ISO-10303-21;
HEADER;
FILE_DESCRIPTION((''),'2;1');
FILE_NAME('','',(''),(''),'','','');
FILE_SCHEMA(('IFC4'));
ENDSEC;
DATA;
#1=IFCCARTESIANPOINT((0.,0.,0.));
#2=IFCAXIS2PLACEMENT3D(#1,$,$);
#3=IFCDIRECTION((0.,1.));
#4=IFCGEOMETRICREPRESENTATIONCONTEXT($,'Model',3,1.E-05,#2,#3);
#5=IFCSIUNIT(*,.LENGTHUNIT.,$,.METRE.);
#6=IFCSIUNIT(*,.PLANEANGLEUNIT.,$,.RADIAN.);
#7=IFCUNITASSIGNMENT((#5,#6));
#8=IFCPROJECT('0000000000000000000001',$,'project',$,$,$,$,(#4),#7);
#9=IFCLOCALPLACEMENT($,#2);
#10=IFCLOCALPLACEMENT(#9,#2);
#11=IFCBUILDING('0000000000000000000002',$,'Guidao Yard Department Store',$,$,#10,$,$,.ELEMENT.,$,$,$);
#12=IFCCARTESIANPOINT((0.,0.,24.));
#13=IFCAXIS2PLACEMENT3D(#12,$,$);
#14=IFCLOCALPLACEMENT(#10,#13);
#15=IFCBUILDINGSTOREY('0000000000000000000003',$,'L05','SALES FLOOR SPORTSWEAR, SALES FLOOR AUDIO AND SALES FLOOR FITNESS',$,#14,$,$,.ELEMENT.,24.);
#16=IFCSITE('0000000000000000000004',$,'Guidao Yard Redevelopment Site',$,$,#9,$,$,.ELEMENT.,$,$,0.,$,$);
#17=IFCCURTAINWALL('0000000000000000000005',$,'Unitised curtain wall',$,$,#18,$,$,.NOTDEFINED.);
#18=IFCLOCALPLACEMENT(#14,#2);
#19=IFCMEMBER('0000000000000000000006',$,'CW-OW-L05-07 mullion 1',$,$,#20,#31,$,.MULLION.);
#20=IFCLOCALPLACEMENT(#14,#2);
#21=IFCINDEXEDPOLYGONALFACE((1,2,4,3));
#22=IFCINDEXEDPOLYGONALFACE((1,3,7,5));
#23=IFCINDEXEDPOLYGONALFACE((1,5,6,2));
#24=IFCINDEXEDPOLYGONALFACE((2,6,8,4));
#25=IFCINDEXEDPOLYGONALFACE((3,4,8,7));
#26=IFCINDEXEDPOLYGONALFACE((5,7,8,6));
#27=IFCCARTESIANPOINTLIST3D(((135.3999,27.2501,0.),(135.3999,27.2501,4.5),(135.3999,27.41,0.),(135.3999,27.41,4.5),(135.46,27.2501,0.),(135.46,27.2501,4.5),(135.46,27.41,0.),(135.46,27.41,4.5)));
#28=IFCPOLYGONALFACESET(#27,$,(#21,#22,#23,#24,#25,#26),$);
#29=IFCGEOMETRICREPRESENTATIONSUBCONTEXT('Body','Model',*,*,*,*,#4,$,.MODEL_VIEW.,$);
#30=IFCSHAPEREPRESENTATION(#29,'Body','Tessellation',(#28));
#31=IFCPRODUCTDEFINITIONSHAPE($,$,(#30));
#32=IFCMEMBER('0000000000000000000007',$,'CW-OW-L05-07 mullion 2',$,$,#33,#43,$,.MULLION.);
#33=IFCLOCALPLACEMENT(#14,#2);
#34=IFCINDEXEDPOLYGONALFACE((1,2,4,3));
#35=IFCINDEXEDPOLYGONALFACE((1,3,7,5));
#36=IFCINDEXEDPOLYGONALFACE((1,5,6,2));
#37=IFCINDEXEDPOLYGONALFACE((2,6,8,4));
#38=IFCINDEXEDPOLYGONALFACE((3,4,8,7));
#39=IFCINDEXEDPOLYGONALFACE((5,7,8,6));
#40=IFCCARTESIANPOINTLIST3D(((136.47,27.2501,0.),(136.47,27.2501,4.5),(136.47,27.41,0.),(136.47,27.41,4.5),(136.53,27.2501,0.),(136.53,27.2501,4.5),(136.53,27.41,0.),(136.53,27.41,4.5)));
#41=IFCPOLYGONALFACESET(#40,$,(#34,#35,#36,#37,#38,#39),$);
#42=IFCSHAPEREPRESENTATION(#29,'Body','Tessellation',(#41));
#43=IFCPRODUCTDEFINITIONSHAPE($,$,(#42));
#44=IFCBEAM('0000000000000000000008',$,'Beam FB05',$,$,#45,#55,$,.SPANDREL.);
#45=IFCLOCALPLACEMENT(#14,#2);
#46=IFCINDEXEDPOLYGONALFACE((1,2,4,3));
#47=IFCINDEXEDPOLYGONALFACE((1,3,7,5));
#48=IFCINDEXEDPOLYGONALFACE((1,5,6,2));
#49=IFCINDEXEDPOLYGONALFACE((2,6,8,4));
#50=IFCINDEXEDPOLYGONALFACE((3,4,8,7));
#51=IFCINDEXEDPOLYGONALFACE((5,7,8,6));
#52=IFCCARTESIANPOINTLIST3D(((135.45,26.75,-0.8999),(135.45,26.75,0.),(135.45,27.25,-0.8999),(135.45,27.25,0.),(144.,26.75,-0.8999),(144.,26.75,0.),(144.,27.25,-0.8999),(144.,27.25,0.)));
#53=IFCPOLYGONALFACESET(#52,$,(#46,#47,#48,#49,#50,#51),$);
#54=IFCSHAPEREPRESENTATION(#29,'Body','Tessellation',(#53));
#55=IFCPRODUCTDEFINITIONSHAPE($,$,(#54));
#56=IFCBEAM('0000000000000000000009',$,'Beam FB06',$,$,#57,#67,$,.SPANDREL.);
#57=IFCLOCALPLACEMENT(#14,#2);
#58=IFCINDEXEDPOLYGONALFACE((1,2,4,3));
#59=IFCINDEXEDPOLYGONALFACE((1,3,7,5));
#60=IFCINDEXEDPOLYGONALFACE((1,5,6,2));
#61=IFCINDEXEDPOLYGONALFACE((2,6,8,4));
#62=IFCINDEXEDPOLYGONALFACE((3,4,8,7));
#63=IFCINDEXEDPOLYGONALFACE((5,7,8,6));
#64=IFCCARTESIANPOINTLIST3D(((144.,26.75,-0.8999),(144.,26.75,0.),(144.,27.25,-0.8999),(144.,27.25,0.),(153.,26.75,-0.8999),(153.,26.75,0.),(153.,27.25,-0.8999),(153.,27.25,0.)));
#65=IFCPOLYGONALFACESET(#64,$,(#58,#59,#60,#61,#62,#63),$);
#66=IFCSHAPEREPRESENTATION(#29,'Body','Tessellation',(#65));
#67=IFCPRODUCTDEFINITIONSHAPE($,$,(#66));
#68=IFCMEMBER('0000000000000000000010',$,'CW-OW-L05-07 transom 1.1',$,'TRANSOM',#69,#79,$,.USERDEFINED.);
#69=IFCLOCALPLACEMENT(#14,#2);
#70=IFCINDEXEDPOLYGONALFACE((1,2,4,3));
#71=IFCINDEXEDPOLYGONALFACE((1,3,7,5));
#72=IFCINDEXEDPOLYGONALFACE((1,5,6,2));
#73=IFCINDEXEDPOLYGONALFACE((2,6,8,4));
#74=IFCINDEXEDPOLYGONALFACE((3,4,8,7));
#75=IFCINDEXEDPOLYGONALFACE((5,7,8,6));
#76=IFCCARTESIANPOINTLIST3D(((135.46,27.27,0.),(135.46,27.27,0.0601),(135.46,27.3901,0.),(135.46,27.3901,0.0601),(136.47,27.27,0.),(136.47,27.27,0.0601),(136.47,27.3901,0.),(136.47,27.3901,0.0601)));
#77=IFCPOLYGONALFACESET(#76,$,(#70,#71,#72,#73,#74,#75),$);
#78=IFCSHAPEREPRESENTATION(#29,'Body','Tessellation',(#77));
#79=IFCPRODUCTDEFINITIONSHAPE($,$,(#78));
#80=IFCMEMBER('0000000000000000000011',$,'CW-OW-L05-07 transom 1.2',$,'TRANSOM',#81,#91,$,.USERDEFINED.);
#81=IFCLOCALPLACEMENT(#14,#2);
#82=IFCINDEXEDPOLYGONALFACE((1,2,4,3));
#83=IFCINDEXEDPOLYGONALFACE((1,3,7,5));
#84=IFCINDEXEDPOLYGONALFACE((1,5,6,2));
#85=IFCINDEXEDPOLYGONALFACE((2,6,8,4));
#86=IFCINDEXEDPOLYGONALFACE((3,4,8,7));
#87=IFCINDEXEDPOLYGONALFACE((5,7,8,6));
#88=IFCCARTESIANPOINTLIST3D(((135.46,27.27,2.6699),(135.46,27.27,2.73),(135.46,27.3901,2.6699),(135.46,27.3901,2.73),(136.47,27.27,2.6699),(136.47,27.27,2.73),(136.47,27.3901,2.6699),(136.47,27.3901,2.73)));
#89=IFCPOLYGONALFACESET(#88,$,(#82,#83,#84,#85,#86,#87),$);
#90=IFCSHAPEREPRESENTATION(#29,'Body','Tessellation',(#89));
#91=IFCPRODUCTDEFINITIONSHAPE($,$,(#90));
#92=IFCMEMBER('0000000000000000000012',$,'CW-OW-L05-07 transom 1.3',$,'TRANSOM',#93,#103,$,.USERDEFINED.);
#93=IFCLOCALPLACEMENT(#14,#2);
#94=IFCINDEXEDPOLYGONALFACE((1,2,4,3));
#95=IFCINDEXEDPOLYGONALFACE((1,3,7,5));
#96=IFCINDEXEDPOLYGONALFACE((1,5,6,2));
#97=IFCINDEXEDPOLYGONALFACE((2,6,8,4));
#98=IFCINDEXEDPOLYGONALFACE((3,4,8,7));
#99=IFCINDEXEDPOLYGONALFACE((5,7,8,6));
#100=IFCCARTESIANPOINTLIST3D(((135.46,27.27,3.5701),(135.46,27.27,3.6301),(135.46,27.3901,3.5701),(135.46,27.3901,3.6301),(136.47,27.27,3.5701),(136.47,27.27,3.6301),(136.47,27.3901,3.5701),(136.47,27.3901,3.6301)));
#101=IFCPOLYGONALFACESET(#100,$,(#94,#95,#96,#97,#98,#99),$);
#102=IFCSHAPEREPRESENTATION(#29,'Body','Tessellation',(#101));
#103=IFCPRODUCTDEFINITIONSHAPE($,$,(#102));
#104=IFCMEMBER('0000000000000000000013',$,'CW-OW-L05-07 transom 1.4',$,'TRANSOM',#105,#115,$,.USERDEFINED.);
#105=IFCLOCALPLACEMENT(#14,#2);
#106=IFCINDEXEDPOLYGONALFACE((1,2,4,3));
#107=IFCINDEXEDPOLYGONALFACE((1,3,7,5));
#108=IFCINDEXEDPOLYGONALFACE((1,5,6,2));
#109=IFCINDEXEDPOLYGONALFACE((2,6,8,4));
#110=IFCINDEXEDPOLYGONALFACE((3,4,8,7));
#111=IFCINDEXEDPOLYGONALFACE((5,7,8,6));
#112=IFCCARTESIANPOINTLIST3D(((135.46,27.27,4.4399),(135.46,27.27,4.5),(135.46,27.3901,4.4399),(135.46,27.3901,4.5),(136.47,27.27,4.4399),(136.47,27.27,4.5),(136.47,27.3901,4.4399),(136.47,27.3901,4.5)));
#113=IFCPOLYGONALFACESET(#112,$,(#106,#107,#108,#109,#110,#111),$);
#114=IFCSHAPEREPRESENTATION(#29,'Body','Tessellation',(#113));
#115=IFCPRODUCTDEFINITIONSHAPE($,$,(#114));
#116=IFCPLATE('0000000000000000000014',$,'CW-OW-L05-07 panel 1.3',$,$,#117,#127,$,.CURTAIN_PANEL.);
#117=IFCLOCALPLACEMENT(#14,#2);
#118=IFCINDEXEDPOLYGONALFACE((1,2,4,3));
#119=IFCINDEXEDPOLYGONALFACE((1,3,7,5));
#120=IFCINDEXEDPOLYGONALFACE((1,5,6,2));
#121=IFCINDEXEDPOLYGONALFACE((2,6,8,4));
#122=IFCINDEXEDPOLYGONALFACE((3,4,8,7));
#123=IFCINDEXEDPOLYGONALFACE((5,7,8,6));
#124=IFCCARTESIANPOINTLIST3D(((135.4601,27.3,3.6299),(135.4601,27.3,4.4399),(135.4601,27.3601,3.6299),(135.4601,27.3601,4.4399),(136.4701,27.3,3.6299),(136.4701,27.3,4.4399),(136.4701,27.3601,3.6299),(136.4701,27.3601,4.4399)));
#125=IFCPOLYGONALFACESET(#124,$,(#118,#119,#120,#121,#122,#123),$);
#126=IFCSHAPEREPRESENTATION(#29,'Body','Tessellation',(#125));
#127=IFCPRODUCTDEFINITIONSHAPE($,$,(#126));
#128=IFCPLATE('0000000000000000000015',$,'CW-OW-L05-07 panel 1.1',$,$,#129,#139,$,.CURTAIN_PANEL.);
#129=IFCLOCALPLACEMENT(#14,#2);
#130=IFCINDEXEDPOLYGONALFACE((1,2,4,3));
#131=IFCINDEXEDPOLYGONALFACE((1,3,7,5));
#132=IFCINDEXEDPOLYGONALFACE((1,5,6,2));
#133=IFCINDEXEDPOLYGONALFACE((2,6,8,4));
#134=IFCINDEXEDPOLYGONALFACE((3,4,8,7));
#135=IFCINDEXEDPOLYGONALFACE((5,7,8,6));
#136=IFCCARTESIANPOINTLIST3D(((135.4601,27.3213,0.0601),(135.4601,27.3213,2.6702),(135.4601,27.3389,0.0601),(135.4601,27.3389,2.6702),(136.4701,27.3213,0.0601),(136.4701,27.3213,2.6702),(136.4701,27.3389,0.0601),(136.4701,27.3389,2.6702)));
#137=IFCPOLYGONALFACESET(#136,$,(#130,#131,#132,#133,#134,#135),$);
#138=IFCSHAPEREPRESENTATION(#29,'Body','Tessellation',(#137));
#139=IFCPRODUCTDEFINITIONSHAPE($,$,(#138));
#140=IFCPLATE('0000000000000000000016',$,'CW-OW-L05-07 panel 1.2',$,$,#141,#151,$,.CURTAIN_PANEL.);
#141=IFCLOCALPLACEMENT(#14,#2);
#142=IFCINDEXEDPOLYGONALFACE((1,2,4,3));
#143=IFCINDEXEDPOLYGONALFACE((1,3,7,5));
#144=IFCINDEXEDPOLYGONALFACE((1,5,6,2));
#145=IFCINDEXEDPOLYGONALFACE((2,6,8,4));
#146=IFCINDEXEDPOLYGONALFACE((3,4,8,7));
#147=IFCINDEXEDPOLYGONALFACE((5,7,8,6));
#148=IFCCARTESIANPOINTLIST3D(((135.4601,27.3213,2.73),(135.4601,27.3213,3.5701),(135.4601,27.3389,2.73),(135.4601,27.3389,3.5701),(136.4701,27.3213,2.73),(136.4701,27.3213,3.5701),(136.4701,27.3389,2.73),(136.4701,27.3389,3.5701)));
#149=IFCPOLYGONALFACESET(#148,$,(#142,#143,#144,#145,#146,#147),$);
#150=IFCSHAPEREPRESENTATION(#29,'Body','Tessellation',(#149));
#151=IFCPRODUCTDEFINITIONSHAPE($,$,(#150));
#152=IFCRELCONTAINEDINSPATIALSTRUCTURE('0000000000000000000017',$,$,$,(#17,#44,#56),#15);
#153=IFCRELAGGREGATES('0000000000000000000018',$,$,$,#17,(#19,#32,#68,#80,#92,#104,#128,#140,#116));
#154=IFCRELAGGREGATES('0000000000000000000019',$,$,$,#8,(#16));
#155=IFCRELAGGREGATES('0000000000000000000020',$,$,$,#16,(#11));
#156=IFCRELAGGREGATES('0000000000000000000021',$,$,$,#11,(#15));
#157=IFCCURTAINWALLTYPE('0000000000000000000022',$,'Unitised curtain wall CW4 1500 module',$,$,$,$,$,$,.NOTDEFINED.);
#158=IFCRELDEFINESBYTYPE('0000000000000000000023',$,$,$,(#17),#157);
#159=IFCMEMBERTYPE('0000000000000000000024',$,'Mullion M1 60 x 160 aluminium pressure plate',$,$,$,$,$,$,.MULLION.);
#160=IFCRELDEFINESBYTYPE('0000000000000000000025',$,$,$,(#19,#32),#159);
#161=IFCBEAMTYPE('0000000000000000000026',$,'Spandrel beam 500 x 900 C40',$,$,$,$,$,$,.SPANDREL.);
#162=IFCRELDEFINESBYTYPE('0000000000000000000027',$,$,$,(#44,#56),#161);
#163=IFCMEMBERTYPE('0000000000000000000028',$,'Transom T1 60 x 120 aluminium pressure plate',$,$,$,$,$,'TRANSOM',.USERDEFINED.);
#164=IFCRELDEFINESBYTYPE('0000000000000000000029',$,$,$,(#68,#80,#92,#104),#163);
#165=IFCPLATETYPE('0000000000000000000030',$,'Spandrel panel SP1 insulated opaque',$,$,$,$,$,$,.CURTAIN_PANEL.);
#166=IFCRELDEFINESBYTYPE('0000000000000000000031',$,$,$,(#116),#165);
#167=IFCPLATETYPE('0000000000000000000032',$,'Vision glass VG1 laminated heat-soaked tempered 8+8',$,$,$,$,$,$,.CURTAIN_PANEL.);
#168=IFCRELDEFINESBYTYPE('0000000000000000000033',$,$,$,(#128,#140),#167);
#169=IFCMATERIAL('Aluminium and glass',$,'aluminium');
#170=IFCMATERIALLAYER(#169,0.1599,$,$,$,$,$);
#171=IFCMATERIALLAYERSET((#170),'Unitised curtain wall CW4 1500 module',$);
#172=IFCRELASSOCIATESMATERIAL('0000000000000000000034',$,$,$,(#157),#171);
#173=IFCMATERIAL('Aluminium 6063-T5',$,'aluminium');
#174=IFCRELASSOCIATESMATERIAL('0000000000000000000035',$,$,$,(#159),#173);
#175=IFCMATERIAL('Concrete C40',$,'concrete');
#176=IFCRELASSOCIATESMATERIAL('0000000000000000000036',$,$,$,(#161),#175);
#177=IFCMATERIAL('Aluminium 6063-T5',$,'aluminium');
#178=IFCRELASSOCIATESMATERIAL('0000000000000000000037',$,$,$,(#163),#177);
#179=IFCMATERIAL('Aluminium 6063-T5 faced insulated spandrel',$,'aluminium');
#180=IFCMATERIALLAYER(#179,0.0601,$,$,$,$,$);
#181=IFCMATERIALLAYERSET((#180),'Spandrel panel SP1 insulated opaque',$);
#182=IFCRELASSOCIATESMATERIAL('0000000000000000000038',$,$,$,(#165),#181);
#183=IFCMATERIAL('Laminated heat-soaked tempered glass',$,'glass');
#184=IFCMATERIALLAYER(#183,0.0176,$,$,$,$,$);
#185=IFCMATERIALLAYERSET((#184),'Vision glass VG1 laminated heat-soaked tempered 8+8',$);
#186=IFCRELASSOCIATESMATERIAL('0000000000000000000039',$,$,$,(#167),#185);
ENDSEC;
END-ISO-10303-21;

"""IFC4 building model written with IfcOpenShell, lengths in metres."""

from ifc_helpers import new_model, si_unit, direction, frame, origin, origin_2d, place, context, subcontext, project, spatial, rectangle, extrude, material, layer, layer_set, material_profile, profile_set, type_object, element, aggregate, save


model = new_model("IFC4")

# Units and contexts
model_context = context("Model", 3, precision=1e-05, world=origin(), true_north=direction((0.0, 1.0)))
body_context = subcontext(model_context, "Body", "Model", "MODEL_VIEW")
ifc_project = project(units=[si_unit("LENGTHUNIT", "METRE"), si_unit("PLANEANGLEUNIT", "RADIAN")], contexts=[model_context])

# Site, building, storey
site_placement = place(None, origin())
site = spatial("IfcSite", under=ifc_project, at=site_placement, Name="Guidao Yard Redevelopment Site", CompositionType="ELEMENT", RefElevation=0.0)
building_placement = place(site_placement, origin())
building = spatial("IfcBuilding", under=site, at=building_placement, Name="Guidao Yard Department Store", CompositionType="ELEMENT")
storey_placement = place(building_placement, frame((0.0, 0.0, 24.0)))
storey = spatial("IfcBuildingStorey", under=building, at=storey_placement, Name="L05", Description="SALES FLOOR SPORTSWEAR, SALES FLOOR AUDIO AND SALES FLOOR FITNESS", CompositionType="ELEMENT", Elevation=24.0)

# Curtain wall, members
ifc_material_1 = material(Name="Aluminium and glass", Category="aluminium")
ifc_layer_1 = layer(ifc_material_1, 0.1599)
ifc_layer_set_1 = layer_set([ifc_layer_1], Name="Unitised curtain wall CW4 1500 module")
curtain_wall_type = type_object("IfcCurtainWallType", Name="Unitised curtain wall CW4 1500 module", PredefinedType="NOTDEFINED", material=ifc_layer_set_1)
curtain_wall_placement = place(storey_placement, origin())
curtain_wall = element("IfcCurtainWall", 1, at=curtain_wall_placement, inside=storey, type_object=curtain_wall_type, Name="Unitised curtain wall", PredefinedType="NOTDEFINED")
ifc_material_2 = material(Name="Aluminium 6063-T5", Category="aluminium")
ifc_material_profile_1 = material_profile(ifc_material_2, rectangle(XDim=0.0601, YDim=0.1599, at=origin_2d()), Name="Mullion M1 60 x 160 aluminium pressure plate")
ifc_profile_set_1 = profile_set([ifc_material_profile_1], Name="Aluminium 6063-T5")
member_type_1 = type_object("IfcMemberType", Name="Mullion M1 60 x 160 aluminium pressure plate", PredefinedType="MULLION", material=ifc_profile_set_1)
member_1_placement = place(storey_placement, frame((135.4299, 27.3301, 0.0), z_axis=(0.0, 0.0, 1.0), x_axis=(1.0, 0.0, 0.0)))
member_1 = element("IfcMember", 2, at=member_1_placement, type_object=member_type_1, Name="CW-OW-L05-07 mullion 1", PredefinedType="MULLION", context=body_context, shape_type="SweptSolid", body=[
    extrude(rectangle(XDim=0.0601, YDim=0.1599, at=origin_2d()), origin(), (0.0, 0.0, 1.0), 4.5),
])
member_2_placement = place(storey_placement, frame((136.5, 27.3301, 0.0), z_axis=(0.0, 0.0, 1.0), x_axis=(1.0, 0.0, 0.0)))
member_2 = element("IfcMember", 3, at=member_2_placement, type_object=member_type_1, Name="CW-OW-L05-07 mullion 2", PredefinedType="MULLION", context=body_context, shape_type="SweptSolid", body=[
    extrude(rectangle(XDim=0.0601, YDim=0.1599, at=origin_2d()), origin(), (0.0, 0.0, 1.0), 4.5),
])

# Beams
ifc_material_3 = material(Name="Concrete C40", Category="concrete")
ifc_material_profile_2 = material_profile(ifc_material_3, rectangle(XDim=0.5, YDim=0.8999, at=origin_2d()), Name="Spandrel beam 500 x 900 C40")
ifc_profile_set_2 = profile_set([ifc_material_profile_2], Name="Concrete C40")
beam_type = type_object("IfcBeamType", Name="Spandrel beam 500 x 900 C40", PredefinedType="SPANDREL", material=ifc_profile_set_2)
beam_1_placement = place(storey_placement, frame((135.45, 27.0, -0.45), z_axis=(1.0, 0.0, 0.0), x_axis=(0.0, 1.0, 0.0)))
element("IfcBeam", 4, at=beam_1_placement, inside=storey, type_object=beam_type, Name="Beam FB05", PredefinedType="SPANDREL", context=body_context, shape_type="SweptSolid", body=[
    extrude(rectangle(XDim=0.5, YDim=0.8999, at=origin_2d()), origin(), (0.0, 0.0, 1.0), 8.55),
])
beam_2_placement = place(storey_placement, frame((144.0, 27.0, -0.45), z_axis=(1.0, 0.0, 0.0), x_axis=(0.0, 1.0, 0.0)))
element("IfcBeam", 5, at=beam_2_placement, inside=storey, type_object=beam_type, Name="Beam FB06", PredefinedType="SPANDREL", context=body_context, shape_type="SweptSolid", body=[
    extrude(rectangle(XDim=0.5, YDim=0.8999, at=origin_2d()), origin(), (0.0, 0.0, 1.0), 9.0),
])

# Members
ifc_material_4 = material(Name="Aluminium 6063-T5", Category="aluminium")
ifc_material_profile_3 = material_profile(ifc_material_4, rectangle(XDim=0.1201, YDim=0.0601, at=origin_2d()), Name="Transom T1 60 x 120 aluminium pressure plate")
ifc_profile_set_3 = profile_set([ifc_material_profile_3], Name="Aluminium 6063-T5")
member_type_2 = type_object("IfcMemberType", Name="Transom T1 60 x 120 aluminium pressure plate", ElementType="TRANSOM", PredefinedType="USERDEFINED", material=ifc_profile_set_3)
member_3_placement = place(storey_placement, frame((135.46, 27.3301, 0.03), z_axis=(1.0, 0.0, 0.0), x_axis=(0.0, 1.0, 0.0)))
member_3 = element("IfcMember", 6, at=member_3_placement, type_object=member_type_2, Name="CW-OW-L05-07 transom 1.1", ObjectType="TRANSOM", PredefinedType="USERDEFINED", context=body_context, shape_type="SweptSolid", body=[
    extrude(rectangle(XDim=0.1201, YDim=0.0601, at=origin_2d()), origin(), (0.0, 0.0, 1.0), 1.01),
])
member_4_placement = place(storey_placement, frame((135.46, 27.3301, 2.7), z_axis=(1.0, 0.0, 0.0), x_axis=(0.0, 1.0, 0.0)))
member_4 = element("IfcMember", 7, at=member_4_placement, type_object=member_type_2, Name="CW-OW-L05-07 transom 1.2", ObjectType="TRANSOM", PredefinedType="USERDEFINED", context=body_context, shape_type="SweptSolid", body=[
    extrude(rectangle(XDim=0.1201, YDim=0.0601, at=origin_2d()), origin(), (0.0, 0.0, 1.0), 1.01),
])
member_5_placement = place(storey_placement, frame((135.46, 27.3301, 3.6001), z_axis=(1.0, 0.0, 0.0), x_axis=(0.0, 1.0, 0.0)))
member_5 = element("IfcMember", 8, at=member_5_placement, type_object=member_type_2, Name="CW-OW-L05-07 transom 1.3", ObjectType="TRANSOM", PredefinedType="USERDEFINED", context=body_context, shape_type="SweptSolid", body=[
    extrude(rectangle(XDim=0.1201, YDim=0.0601, at=origin_2d()), origin(), (0.0, 0.0, 1.0), 1.01),
])
member_6_placement = place(storey_placement, frame((135.46, 27.3301, 4.47), z_axis=(1.0, 0.0, 0.0), x_axis=(0.0, 1.0, 0.0)))
member_6 = element("IfcMember", 9, at=member_6_placement, type_object=member_type_2, Name="CW-OW-L05-07 transom 1.4", ObjectType="TRANSOM", PredefinedType="USERDEFINED", context=body_context, shape_type="SweptSolid", body=[
    extrude(rectangle(XDim=0.1201, YDim=0.0601, at=origin_2d()), origin(), (0.0, 0.0, 1.0), 1.01),
])

# Plates
ifc_material_5 = material(Name="Aluminium 6063-T5 faced insulated spandrel", Category="aluminium")
ifc_layer_2 = layer(ifc_material_5, 0.0601)
ifc_layer_set_2 = layer_set([ifc_layer_2], Name="Spandrel panel SP1 insulated opaque")
plate_type_1 = type_object("IfcPlateType", Name="Spandrel panel SP1 insulated opaque", PredefinedType="CURTAIN_PANEL", material=ifc_layer_set_2)
plate_1_placement = place(storey_placement, frame((135.9651, 27.3301, 3.6299), z_axis=(0.0, 0.0, 1.0), x_axis=(1.0, 0.0, 0.0)))
plate_1 = element("IfcPlate", 10, at=plate_1_placement, type_object=plate_type_1, Name="CW-OW-L05-07 panel 1.3", PredefinedType="CURTAIN_PANEL", context=body_context, shape_type="SweptSolid", body=[
    extrude(rectangle(XDim=1.01, YDim=0.0601, at=origin_2d()), origin(), (0.0, 0.0, 1.0), 0.8101),
])
ifc_material_6 = material(Name="Laminated heat-soaked tempered glass", Category="glass")
ifc_layer_3 = layer(ifc_material_6, 0.0176)
ifc_layer_set_3 = layer_set([ifc_layer_3], Name="Vision glass VG1 laminated heat-soaked tempered 8+8")
plate_type_2 = type_object("IfcPlateType", Name="Vision glass VG1 laminated heat-soaked tempered 8+8", PredefinedType="CURTAIN_PANEL", material=ifc_layer_set_3)
plate_2_placement = place(storey_placement, frame((135.9651, 27.3301, 0.0601), z_axis=(0.0, 0.0, 1.0), x_axis=(1.0, 0.0, 0.0)))
plate_2 = element("IfcPlate", 11, at=plate_2_placement, type_object=plate_type_2, Name="CW-OW-L05-07 panel 1.1", PredefinedType="CURTAIN_PANEL", context=body_context, shape_type="SweptSolid", body=[
    extrude(rectangle(XDim=1.01, YDim=0.0176, at=origin_2d()), origin(), (0.0, 0.0, 1.0), 2.6101),
])
plate_3_placement = place(storey_placement, frame((135.9651, 27.3301, 2.73), z_axis=(0.0, 0.0, 1.0), x_axis=(1.0, 0.0, 0.0)))
plate_3 = element("IfcPlate", 12, at=plate_3_placement, type_object=plate_type_2, Name="CW-OW-L05-07 panel 1.2", PredefinedType="CURTAIN_PANEL", context=body_context, shape_type="SweptSolid", body=[
    extrude(rectangle(XDim=1.01, YDim=0.0176, at=origin_2d()), origin(), (0.0, 0.0, 1.0), 0.8401),
])
aggregate(curtain_wall, [member_1, member_2, member_3, member_4, member_5, member_6, plate_2, plate_3, plate_1])

save(model, "model.ifc")
